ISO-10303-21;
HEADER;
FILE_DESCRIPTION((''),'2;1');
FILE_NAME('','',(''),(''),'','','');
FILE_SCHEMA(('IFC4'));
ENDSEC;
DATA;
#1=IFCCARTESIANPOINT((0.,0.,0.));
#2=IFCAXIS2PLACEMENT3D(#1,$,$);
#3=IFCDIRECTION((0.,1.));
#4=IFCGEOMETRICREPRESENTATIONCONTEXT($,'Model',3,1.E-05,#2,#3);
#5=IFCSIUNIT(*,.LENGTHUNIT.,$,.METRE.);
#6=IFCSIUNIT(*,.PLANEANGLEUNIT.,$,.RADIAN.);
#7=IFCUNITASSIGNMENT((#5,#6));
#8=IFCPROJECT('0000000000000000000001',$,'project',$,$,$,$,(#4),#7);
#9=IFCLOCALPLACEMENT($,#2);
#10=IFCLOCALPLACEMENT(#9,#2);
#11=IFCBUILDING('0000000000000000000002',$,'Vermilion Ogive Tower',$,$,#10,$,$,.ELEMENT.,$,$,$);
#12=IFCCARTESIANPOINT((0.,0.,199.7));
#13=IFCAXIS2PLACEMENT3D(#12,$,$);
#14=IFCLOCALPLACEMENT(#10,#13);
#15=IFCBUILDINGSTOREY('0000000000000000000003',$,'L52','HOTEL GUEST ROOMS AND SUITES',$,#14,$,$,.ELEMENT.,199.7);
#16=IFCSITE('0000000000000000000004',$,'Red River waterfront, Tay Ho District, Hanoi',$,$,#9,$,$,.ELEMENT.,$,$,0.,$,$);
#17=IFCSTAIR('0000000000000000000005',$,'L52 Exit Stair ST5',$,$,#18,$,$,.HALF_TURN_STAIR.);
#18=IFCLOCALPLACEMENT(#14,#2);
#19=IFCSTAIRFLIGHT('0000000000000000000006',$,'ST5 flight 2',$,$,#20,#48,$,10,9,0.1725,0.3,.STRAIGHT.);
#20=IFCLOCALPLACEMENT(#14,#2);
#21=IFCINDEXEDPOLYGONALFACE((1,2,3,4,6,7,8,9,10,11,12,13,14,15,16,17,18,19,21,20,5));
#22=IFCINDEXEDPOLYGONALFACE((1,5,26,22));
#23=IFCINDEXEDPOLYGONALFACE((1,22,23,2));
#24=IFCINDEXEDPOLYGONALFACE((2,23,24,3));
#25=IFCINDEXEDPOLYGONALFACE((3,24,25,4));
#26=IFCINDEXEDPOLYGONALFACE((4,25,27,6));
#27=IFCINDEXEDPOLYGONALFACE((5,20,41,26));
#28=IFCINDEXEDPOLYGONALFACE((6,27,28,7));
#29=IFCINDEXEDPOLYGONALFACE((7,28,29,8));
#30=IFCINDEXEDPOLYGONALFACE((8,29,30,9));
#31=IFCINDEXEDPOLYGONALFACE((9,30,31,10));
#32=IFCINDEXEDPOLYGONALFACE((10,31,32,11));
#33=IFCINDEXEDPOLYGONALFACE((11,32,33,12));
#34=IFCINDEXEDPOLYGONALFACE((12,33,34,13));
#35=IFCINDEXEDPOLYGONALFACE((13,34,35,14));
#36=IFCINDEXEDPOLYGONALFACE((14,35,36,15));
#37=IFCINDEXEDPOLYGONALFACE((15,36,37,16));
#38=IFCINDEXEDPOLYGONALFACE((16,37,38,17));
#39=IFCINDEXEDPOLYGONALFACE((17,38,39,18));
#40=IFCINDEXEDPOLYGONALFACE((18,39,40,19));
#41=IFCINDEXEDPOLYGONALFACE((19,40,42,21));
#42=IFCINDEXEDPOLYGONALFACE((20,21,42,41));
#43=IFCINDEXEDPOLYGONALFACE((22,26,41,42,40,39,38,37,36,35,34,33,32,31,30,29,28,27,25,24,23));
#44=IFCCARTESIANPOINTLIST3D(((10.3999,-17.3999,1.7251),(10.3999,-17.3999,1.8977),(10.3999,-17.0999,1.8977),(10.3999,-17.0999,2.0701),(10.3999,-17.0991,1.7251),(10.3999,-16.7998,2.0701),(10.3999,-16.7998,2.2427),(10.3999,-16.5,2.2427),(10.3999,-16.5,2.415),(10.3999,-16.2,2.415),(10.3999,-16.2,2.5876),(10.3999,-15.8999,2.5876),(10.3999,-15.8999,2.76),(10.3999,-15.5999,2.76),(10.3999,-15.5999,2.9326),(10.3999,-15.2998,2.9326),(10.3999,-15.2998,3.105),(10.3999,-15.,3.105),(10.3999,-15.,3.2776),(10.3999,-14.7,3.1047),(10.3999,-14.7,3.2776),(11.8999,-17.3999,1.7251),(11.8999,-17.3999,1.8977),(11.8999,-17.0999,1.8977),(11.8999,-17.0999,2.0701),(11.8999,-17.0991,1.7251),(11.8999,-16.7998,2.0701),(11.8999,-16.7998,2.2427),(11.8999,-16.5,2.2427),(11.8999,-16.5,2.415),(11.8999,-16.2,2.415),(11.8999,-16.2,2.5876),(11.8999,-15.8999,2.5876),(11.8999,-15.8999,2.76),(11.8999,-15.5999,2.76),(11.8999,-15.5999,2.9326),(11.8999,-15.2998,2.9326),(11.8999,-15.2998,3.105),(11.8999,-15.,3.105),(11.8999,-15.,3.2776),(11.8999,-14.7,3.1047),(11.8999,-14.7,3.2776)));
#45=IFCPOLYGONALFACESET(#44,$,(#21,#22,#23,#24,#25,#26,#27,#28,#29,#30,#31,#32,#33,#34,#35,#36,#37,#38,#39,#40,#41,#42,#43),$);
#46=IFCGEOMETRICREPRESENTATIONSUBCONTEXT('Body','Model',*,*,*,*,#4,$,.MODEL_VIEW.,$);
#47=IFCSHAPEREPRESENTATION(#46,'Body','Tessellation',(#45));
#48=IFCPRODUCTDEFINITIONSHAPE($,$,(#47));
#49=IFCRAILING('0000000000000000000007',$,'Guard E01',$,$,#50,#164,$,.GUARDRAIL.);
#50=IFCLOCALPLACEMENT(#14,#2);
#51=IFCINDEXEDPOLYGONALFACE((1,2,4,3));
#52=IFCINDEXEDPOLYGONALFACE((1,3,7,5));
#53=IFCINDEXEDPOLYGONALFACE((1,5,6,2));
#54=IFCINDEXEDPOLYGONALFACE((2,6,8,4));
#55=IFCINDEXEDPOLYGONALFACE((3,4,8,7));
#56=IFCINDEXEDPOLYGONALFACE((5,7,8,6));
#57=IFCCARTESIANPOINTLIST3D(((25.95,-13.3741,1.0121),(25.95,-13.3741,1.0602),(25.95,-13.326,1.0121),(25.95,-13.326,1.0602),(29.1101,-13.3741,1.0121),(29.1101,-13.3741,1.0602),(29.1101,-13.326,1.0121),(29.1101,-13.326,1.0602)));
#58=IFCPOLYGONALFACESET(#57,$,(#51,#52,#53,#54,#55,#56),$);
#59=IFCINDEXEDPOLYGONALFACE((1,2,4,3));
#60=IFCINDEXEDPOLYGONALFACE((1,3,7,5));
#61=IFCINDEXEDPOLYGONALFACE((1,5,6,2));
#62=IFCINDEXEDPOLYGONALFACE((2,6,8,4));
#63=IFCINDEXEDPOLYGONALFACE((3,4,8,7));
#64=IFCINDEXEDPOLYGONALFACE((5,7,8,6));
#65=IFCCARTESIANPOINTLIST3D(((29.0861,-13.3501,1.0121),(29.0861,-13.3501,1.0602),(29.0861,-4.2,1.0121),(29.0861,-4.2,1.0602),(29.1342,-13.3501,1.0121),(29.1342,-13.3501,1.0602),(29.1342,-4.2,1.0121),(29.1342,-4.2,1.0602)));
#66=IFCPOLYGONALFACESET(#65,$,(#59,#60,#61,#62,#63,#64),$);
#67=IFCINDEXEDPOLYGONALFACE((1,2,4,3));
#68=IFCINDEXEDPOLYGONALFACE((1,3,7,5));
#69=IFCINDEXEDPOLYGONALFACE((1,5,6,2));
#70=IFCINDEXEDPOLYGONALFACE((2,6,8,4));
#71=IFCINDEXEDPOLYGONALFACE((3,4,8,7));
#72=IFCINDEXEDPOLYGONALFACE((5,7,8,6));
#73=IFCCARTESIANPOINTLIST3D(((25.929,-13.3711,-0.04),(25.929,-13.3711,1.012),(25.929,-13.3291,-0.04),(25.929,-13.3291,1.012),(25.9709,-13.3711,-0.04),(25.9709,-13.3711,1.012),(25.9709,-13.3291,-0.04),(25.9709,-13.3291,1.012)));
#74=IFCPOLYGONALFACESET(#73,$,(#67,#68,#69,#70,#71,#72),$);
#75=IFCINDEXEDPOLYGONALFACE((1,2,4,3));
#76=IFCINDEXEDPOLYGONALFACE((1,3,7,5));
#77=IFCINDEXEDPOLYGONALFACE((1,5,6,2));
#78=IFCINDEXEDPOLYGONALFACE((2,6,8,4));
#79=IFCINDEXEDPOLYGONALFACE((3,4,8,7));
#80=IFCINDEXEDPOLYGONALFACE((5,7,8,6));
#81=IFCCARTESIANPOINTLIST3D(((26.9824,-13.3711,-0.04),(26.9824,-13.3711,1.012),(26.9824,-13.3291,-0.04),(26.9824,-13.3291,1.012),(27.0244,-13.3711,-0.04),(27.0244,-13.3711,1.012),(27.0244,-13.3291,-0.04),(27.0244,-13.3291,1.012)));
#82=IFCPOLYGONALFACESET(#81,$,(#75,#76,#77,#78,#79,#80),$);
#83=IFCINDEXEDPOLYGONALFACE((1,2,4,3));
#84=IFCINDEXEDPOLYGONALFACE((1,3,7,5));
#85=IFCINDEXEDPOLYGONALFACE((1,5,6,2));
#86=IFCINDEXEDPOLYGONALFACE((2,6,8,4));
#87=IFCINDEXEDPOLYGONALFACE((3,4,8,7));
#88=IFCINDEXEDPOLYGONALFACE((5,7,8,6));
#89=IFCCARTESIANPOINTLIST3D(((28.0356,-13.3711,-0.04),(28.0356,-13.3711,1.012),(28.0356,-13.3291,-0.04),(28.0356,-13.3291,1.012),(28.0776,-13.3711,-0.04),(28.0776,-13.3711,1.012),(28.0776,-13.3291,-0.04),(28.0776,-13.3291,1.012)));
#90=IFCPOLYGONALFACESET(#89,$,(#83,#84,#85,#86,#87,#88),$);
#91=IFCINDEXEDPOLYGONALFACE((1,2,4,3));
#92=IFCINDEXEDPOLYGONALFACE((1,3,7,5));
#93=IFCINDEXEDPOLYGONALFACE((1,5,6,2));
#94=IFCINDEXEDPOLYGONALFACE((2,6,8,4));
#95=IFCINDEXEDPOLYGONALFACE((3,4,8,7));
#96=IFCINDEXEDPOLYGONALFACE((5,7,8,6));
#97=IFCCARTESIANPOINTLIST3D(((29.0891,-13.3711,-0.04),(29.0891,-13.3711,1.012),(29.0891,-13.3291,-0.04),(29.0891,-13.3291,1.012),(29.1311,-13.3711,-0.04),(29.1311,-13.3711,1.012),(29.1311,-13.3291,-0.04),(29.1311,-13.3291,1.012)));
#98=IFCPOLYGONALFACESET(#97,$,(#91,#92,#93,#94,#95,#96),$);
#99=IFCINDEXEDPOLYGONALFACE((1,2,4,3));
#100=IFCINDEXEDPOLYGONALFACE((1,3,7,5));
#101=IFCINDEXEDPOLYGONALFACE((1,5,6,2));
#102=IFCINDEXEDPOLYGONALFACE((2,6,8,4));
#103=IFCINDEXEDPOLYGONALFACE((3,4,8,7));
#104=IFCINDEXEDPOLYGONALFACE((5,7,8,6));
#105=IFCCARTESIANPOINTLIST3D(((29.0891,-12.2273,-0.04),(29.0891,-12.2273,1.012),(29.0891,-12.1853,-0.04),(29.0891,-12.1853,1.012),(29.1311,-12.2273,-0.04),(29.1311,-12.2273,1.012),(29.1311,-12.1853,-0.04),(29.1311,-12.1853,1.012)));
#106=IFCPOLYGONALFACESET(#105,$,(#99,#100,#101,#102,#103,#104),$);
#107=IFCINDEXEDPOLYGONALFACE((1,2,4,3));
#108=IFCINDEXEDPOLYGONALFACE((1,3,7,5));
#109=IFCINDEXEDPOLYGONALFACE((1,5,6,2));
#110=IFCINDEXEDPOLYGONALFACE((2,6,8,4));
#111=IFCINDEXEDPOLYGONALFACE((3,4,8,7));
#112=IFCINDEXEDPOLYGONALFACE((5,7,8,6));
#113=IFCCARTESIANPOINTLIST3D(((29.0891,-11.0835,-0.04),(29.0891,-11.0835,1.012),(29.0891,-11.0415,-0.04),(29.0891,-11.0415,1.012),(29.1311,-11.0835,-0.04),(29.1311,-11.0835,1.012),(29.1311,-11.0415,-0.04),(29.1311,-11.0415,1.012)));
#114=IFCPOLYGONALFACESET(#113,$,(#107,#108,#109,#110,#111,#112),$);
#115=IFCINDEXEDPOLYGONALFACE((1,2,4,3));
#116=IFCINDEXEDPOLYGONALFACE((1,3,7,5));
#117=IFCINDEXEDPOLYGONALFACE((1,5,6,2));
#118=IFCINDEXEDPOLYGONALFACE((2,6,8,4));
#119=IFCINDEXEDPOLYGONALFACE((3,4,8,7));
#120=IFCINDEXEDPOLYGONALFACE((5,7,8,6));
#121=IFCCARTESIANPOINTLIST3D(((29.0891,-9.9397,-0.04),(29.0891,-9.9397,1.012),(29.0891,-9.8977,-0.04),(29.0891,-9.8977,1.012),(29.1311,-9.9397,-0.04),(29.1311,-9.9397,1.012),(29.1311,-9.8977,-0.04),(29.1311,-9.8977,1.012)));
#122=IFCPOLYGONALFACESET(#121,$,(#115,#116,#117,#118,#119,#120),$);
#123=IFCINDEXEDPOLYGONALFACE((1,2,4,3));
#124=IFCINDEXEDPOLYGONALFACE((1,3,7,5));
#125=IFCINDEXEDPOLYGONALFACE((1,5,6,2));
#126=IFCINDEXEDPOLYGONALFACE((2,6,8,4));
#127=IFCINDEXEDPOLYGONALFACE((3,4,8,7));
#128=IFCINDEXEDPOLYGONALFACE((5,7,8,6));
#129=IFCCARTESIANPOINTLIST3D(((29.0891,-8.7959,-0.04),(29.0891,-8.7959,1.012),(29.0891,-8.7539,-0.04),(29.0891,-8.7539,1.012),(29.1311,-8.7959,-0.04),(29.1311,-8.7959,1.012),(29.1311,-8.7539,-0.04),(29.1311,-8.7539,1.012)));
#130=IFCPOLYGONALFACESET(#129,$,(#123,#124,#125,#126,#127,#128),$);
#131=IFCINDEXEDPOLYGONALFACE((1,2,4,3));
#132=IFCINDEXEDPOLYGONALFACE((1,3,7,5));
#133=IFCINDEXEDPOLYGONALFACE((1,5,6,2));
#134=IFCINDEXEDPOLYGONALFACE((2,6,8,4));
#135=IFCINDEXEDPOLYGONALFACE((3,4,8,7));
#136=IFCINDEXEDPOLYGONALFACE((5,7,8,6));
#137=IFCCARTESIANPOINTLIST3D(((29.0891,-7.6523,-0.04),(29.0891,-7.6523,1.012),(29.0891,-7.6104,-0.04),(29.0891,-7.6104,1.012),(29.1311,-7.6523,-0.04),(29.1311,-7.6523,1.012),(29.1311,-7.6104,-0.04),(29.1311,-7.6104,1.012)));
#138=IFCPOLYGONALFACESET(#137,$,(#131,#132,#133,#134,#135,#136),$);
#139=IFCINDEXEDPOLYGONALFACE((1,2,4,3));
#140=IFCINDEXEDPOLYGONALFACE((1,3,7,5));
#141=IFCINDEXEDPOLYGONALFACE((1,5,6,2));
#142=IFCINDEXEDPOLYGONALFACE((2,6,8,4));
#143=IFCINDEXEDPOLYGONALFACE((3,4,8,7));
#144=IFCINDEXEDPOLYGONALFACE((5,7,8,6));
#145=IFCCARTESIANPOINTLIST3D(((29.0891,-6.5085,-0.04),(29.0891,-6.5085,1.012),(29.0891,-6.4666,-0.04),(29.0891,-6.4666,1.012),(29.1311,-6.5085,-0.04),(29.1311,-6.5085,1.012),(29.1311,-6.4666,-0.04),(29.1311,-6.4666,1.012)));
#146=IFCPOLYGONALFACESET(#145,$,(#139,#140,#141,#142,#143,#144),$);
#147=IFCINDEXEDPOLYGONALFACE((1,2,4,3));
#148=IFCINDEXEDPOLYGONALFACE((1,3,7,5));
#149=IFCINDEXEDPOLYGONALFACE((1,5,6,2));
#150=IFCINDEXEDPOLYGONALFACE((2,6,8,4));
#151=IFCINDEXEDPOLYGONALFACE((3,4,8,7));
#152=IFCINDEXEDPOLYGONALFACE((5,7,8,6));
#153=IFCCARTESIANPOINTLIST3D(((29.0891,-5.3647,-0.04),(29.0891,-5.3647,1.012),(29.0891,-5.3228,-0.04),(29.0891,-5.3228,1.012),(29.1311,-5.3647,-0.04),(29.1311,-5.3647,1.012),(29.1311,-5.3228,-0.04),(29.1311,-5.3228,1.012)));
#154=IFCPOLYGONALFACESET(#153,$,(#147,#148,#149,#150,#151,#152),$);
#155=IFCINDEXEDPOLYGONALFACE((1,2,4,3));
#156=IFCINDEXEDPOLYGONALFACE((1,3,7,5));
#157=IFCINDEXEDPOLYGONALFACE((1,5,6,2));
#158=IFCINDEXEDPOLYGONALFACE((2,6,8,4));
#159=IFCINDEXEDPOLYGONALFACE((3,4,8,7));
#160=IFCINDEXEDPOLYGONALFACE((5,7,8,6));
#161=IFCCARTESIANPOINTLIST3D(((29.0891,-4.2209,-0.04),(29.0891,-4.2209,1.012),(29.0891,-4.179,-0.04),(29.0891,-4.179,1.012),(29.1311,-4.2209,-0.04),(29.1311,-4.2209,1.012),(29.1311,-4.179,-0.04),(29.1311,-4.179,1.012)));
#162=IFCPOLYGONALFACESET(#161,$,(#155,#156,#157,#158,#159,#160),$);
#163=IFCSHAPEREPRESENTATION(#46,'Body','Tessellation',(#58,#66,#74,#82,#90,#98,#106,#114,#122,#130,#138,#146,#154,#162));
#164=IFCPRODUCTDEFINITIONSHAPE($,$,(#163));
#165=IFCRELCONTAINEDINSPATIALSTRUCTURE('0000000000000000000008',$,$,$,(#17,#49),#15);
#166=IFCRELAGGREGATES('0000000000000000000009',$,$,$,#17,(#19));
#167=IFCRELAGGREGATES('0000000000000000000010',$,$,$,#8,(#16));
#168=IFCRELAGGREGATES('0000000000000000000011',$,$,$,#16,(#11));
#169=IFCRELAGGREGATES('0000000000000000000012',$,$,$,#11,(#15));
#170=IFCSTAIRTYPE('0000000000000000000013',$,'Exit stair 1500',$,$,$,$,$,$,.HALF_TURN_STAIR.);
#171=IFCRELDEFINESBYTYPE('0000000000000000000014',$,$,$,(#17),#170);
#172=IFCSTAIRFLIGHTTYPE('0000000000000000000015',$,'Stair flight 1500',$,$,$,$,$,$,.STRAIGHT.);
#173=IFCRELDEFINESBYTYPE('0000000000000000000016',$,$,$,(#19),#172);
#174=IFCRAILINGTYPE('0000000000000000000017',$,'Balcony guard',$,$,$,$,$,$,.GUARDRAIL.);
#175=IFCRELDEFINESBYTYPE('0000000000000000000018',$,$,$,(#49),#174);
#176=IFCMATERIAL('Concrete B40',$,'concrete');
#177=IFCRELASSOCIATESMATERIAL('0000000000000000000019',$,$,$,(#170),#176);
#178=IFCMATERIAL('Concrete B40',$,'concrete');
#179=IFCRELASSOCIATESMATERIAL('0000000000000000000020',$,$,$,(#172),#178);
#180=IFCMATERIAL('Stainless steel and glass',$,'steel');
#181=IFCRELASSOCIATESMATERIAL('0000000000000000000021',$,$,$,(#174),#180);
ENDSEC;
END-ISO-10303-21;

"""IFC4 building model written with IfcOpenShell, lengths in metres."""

from ifc_helpers import new_model, si_unit, direction, frame, origin, origin_2d, place, context, subcontext, project, spatial, polyline, rectangle, outline, extrude, material, type_object, element, aggregate, save


model = new_model("IFC4")

# Units and contexts
model_context = context("Model", 3, precision=1e-05, world=origin(), true_north=direction((0.0, 1.0)))
body_context = subcontext(model_context, "Body", "Model", "MODEL_VIEW")
ifc_project = project(units=[si_unit("LENGTHUNIT", "METRE"), si_unit("PLANEANGLEUNIT", "RADIAN")], contexts=[model_context])

# Site, building, storey
site_placement = place(None, origin())
site = spatial("IfcSite", under=ifc_project, at=site_placement, Name="Red River waterfront, Tay Ho District, Hanoi", CompositionType="ELEMENT", RefElevation=0.0)
building_placement = place(site_placement, origin())
building = spatial("IfcBuilding", under=site, at=building_placement, Name="Vermilion Ogive Tower", CompositionType="ELEMENT")
storey_placement = place(building_placement, frame((0.0, 0.0, 199.7)))
storey = spatial("IfcBuildingStorey", under=building, at=storey_placement, Name="L52", Description="HOTEL GUEST ROOMS AND SUITES", CompositionType="ELEMENT", Elevation=199.7)

# Stair, stair flight
ifc_material_1 = material(Name="Concrete B40", Category="concrete")
stair_type = type_object("IfcStairType", Name="Exit stair 1500", PredefinedType="HALF_TURN_STAIR", material=ifc_material_1)
stair_placement = place(storey_placement, origin())
stair = element("IfcStair", 1, at=stair_placement, inside=storey, type_object=stair_type, Name="L52 Exit Stair ST5", PredefinedType="HALF_TURN_STAIR")
ifc_material_2 = material(Name="Concrete B40", Category="concrete")
stair_flight_type = type_object("IfcStairFlightType", Name="Stair flight 1500", PredefinedType="STRAIGHT", material=ifc_material_2)
stair_flight_1_placement = place(storey_placement, frame((11.1499, -17.3999, 1.7251), z_axis=(0.0, 0.0, 1.0), x_axis=(0.0, 1.0, 0.0)))
stair_flight_1 = element("IfcStairFlight", 2, at=stair_flight_1_placement, type_object=stair_flight_type, Name="ST5 flight 2", NumberOfRisers=10, NumberOfTreads=9, PredefinedType="STRAIGHT", RiserHeight=0.1725, TreadLength=0.3, context=body_context, shape_type="SweptSolid", body=[
    extrude(outline(polyline([(0.0, 0.0), (0.0, 0.1726), (0.3, 0.1726), (0.3, 0.345), (0.6001, 0.345), (0.6001, 0.5176), (0.8999, 0.5176), (0.8999, 0.6899), (1.2, 0.6899), (1.2, 0.8625), (1.5, 0.8625), (1.5, 1.0349), (1.8, 1.0349), (1.8, 1.2075), (2.1001, 1.2075), (2.1001, 1.3799), (2.3999, 1.3799), (2.3999, 1.5525), (2.7, 1.5525), (2.7, 1.7251), (2.7, 1.3796), (0.3008, 0.0), (0.0, 0.0)])), frame((0.0, 0.75, 0.0), z_axis=(0.0, -1.0, 0.0), x_axis=(1.0, 0.0, 0.0)), (0.0, 0.0, 1.0), 1.5),
])
aggregate(stair, [stair_flight_1])

# Railing
ifc_material_3 = material(Name="Stainless steel and glass", Category="steel")
railing_type_1 = type_object("IfcRailingType", Name="Balcony guard", PredefinedType="GUARDRAIL", material=ifc_material_3)
railing_1_placement = place(storey_placement, frame((25.95, -13.3501, -0.04)))
element("IfcRailing", 3, at=railing_1_placement, inside=storey, type_object=railing_type_1, Name="Guard E01", PredefinedType="GUARDRAIL", context=body_context, shape_type="SweptSolid", body=[
    extrude(rectangle(XDim=0.0481, YDim=0.0481, at=origin_2d()), frame((0.0, 0.0, 1.0762), z_axis=(1.0, 0.0, 0.0), x_axis=(0.0, 1.0, 0.0)), (0.0, 0.0, 1.0), 3.1602),
    extrude(rectangle(XDim=0.0481, YDim=0.0481, at=origin_2d()), frame((3.1602, 0.0, 1.0762), z_axis=(0.0, 1.0, 0.0), x_axis=(-1.0, 0.0, 0.0)), (0.0, 0.0, 1.0), 9.1501),
    extrude(rectangle(XDim=0.042, YDim=0.042, at=origin_2d()), origin(), (0.0, 0.0, 1.0), 1.052),
    extrude(rectangle(XDim=0.042, YDim=0.042, at=origin_2d()), frame((1.0535, 0.0, 0.0)), (0.0, 0.0, 1.0), 1.052),
    extrude(rectangle(XDim=0.042, YDim=0.042, at=origin_2d()), frame((2.1067, 0.0, 0.0)), (0.0, 0.0, 1.0), 1.052),
    extrude(rectangle(XDim=0.042, YDim=0.042, at=origin_2d()), frame((3.1602, 0.0, 0.0)), (0.0, 0.0, 1.0), 1.052),
    extrude(rectangle(XDim=0.042, YDim=0.042, at=origin_2d()), frame((3.1602, 1.1438, 0.0)), (0.0, 0.0, 1.0), 1.052),
    extrude(rectangle(XDim=0.042, YDim=0.042, at=origin_2d()), frame((3.1602, 2.2876, 0.0)), (0.0, 0.0, 1.0), 1.052),
    extrude(rectangle(XDim=0.042, YDim=0.042, at=origin_2d()), frame((3.1602, 3.4314, 0.0)), (0.0, 0.0, 1.0), 1.052),
    extrude(rectangle(XDim=0.042, YDim=0.042, at=origin_2d()), frame((3.1602, 4.5752, 0.0)), (0.0, 0.0, 1.0), 1.052),
    extrude(rectangle(XDim=0.042, YDim=0.042, at=origin_2d()), frame((3.1602, 5.7188, 0.0)), (0.0, 0.0, 1.0), 1.052),
    extrude(rectangle(XDim=0.042, YDim=0.042, at=origin_2d()), frame((3.1602, 6.8625, 0.0)), (0.0, 0.0, 1.0), 1.052),
    extrude(rectangle(XDim=0.042, YDim=0.042, at=origin_2d()), frame((3.1602, 8.0063, 0.0)), (0.0, 0.0, 1.0), 1.052),
    extrude(rectangle(XDim=0.042, YDim=0.042, at=origin_2d()), frame((3.1602, 9.1501, 0.0)), (0.0, 0.0, 1.0), 1.052),
])

save(model, "model.ifc")
